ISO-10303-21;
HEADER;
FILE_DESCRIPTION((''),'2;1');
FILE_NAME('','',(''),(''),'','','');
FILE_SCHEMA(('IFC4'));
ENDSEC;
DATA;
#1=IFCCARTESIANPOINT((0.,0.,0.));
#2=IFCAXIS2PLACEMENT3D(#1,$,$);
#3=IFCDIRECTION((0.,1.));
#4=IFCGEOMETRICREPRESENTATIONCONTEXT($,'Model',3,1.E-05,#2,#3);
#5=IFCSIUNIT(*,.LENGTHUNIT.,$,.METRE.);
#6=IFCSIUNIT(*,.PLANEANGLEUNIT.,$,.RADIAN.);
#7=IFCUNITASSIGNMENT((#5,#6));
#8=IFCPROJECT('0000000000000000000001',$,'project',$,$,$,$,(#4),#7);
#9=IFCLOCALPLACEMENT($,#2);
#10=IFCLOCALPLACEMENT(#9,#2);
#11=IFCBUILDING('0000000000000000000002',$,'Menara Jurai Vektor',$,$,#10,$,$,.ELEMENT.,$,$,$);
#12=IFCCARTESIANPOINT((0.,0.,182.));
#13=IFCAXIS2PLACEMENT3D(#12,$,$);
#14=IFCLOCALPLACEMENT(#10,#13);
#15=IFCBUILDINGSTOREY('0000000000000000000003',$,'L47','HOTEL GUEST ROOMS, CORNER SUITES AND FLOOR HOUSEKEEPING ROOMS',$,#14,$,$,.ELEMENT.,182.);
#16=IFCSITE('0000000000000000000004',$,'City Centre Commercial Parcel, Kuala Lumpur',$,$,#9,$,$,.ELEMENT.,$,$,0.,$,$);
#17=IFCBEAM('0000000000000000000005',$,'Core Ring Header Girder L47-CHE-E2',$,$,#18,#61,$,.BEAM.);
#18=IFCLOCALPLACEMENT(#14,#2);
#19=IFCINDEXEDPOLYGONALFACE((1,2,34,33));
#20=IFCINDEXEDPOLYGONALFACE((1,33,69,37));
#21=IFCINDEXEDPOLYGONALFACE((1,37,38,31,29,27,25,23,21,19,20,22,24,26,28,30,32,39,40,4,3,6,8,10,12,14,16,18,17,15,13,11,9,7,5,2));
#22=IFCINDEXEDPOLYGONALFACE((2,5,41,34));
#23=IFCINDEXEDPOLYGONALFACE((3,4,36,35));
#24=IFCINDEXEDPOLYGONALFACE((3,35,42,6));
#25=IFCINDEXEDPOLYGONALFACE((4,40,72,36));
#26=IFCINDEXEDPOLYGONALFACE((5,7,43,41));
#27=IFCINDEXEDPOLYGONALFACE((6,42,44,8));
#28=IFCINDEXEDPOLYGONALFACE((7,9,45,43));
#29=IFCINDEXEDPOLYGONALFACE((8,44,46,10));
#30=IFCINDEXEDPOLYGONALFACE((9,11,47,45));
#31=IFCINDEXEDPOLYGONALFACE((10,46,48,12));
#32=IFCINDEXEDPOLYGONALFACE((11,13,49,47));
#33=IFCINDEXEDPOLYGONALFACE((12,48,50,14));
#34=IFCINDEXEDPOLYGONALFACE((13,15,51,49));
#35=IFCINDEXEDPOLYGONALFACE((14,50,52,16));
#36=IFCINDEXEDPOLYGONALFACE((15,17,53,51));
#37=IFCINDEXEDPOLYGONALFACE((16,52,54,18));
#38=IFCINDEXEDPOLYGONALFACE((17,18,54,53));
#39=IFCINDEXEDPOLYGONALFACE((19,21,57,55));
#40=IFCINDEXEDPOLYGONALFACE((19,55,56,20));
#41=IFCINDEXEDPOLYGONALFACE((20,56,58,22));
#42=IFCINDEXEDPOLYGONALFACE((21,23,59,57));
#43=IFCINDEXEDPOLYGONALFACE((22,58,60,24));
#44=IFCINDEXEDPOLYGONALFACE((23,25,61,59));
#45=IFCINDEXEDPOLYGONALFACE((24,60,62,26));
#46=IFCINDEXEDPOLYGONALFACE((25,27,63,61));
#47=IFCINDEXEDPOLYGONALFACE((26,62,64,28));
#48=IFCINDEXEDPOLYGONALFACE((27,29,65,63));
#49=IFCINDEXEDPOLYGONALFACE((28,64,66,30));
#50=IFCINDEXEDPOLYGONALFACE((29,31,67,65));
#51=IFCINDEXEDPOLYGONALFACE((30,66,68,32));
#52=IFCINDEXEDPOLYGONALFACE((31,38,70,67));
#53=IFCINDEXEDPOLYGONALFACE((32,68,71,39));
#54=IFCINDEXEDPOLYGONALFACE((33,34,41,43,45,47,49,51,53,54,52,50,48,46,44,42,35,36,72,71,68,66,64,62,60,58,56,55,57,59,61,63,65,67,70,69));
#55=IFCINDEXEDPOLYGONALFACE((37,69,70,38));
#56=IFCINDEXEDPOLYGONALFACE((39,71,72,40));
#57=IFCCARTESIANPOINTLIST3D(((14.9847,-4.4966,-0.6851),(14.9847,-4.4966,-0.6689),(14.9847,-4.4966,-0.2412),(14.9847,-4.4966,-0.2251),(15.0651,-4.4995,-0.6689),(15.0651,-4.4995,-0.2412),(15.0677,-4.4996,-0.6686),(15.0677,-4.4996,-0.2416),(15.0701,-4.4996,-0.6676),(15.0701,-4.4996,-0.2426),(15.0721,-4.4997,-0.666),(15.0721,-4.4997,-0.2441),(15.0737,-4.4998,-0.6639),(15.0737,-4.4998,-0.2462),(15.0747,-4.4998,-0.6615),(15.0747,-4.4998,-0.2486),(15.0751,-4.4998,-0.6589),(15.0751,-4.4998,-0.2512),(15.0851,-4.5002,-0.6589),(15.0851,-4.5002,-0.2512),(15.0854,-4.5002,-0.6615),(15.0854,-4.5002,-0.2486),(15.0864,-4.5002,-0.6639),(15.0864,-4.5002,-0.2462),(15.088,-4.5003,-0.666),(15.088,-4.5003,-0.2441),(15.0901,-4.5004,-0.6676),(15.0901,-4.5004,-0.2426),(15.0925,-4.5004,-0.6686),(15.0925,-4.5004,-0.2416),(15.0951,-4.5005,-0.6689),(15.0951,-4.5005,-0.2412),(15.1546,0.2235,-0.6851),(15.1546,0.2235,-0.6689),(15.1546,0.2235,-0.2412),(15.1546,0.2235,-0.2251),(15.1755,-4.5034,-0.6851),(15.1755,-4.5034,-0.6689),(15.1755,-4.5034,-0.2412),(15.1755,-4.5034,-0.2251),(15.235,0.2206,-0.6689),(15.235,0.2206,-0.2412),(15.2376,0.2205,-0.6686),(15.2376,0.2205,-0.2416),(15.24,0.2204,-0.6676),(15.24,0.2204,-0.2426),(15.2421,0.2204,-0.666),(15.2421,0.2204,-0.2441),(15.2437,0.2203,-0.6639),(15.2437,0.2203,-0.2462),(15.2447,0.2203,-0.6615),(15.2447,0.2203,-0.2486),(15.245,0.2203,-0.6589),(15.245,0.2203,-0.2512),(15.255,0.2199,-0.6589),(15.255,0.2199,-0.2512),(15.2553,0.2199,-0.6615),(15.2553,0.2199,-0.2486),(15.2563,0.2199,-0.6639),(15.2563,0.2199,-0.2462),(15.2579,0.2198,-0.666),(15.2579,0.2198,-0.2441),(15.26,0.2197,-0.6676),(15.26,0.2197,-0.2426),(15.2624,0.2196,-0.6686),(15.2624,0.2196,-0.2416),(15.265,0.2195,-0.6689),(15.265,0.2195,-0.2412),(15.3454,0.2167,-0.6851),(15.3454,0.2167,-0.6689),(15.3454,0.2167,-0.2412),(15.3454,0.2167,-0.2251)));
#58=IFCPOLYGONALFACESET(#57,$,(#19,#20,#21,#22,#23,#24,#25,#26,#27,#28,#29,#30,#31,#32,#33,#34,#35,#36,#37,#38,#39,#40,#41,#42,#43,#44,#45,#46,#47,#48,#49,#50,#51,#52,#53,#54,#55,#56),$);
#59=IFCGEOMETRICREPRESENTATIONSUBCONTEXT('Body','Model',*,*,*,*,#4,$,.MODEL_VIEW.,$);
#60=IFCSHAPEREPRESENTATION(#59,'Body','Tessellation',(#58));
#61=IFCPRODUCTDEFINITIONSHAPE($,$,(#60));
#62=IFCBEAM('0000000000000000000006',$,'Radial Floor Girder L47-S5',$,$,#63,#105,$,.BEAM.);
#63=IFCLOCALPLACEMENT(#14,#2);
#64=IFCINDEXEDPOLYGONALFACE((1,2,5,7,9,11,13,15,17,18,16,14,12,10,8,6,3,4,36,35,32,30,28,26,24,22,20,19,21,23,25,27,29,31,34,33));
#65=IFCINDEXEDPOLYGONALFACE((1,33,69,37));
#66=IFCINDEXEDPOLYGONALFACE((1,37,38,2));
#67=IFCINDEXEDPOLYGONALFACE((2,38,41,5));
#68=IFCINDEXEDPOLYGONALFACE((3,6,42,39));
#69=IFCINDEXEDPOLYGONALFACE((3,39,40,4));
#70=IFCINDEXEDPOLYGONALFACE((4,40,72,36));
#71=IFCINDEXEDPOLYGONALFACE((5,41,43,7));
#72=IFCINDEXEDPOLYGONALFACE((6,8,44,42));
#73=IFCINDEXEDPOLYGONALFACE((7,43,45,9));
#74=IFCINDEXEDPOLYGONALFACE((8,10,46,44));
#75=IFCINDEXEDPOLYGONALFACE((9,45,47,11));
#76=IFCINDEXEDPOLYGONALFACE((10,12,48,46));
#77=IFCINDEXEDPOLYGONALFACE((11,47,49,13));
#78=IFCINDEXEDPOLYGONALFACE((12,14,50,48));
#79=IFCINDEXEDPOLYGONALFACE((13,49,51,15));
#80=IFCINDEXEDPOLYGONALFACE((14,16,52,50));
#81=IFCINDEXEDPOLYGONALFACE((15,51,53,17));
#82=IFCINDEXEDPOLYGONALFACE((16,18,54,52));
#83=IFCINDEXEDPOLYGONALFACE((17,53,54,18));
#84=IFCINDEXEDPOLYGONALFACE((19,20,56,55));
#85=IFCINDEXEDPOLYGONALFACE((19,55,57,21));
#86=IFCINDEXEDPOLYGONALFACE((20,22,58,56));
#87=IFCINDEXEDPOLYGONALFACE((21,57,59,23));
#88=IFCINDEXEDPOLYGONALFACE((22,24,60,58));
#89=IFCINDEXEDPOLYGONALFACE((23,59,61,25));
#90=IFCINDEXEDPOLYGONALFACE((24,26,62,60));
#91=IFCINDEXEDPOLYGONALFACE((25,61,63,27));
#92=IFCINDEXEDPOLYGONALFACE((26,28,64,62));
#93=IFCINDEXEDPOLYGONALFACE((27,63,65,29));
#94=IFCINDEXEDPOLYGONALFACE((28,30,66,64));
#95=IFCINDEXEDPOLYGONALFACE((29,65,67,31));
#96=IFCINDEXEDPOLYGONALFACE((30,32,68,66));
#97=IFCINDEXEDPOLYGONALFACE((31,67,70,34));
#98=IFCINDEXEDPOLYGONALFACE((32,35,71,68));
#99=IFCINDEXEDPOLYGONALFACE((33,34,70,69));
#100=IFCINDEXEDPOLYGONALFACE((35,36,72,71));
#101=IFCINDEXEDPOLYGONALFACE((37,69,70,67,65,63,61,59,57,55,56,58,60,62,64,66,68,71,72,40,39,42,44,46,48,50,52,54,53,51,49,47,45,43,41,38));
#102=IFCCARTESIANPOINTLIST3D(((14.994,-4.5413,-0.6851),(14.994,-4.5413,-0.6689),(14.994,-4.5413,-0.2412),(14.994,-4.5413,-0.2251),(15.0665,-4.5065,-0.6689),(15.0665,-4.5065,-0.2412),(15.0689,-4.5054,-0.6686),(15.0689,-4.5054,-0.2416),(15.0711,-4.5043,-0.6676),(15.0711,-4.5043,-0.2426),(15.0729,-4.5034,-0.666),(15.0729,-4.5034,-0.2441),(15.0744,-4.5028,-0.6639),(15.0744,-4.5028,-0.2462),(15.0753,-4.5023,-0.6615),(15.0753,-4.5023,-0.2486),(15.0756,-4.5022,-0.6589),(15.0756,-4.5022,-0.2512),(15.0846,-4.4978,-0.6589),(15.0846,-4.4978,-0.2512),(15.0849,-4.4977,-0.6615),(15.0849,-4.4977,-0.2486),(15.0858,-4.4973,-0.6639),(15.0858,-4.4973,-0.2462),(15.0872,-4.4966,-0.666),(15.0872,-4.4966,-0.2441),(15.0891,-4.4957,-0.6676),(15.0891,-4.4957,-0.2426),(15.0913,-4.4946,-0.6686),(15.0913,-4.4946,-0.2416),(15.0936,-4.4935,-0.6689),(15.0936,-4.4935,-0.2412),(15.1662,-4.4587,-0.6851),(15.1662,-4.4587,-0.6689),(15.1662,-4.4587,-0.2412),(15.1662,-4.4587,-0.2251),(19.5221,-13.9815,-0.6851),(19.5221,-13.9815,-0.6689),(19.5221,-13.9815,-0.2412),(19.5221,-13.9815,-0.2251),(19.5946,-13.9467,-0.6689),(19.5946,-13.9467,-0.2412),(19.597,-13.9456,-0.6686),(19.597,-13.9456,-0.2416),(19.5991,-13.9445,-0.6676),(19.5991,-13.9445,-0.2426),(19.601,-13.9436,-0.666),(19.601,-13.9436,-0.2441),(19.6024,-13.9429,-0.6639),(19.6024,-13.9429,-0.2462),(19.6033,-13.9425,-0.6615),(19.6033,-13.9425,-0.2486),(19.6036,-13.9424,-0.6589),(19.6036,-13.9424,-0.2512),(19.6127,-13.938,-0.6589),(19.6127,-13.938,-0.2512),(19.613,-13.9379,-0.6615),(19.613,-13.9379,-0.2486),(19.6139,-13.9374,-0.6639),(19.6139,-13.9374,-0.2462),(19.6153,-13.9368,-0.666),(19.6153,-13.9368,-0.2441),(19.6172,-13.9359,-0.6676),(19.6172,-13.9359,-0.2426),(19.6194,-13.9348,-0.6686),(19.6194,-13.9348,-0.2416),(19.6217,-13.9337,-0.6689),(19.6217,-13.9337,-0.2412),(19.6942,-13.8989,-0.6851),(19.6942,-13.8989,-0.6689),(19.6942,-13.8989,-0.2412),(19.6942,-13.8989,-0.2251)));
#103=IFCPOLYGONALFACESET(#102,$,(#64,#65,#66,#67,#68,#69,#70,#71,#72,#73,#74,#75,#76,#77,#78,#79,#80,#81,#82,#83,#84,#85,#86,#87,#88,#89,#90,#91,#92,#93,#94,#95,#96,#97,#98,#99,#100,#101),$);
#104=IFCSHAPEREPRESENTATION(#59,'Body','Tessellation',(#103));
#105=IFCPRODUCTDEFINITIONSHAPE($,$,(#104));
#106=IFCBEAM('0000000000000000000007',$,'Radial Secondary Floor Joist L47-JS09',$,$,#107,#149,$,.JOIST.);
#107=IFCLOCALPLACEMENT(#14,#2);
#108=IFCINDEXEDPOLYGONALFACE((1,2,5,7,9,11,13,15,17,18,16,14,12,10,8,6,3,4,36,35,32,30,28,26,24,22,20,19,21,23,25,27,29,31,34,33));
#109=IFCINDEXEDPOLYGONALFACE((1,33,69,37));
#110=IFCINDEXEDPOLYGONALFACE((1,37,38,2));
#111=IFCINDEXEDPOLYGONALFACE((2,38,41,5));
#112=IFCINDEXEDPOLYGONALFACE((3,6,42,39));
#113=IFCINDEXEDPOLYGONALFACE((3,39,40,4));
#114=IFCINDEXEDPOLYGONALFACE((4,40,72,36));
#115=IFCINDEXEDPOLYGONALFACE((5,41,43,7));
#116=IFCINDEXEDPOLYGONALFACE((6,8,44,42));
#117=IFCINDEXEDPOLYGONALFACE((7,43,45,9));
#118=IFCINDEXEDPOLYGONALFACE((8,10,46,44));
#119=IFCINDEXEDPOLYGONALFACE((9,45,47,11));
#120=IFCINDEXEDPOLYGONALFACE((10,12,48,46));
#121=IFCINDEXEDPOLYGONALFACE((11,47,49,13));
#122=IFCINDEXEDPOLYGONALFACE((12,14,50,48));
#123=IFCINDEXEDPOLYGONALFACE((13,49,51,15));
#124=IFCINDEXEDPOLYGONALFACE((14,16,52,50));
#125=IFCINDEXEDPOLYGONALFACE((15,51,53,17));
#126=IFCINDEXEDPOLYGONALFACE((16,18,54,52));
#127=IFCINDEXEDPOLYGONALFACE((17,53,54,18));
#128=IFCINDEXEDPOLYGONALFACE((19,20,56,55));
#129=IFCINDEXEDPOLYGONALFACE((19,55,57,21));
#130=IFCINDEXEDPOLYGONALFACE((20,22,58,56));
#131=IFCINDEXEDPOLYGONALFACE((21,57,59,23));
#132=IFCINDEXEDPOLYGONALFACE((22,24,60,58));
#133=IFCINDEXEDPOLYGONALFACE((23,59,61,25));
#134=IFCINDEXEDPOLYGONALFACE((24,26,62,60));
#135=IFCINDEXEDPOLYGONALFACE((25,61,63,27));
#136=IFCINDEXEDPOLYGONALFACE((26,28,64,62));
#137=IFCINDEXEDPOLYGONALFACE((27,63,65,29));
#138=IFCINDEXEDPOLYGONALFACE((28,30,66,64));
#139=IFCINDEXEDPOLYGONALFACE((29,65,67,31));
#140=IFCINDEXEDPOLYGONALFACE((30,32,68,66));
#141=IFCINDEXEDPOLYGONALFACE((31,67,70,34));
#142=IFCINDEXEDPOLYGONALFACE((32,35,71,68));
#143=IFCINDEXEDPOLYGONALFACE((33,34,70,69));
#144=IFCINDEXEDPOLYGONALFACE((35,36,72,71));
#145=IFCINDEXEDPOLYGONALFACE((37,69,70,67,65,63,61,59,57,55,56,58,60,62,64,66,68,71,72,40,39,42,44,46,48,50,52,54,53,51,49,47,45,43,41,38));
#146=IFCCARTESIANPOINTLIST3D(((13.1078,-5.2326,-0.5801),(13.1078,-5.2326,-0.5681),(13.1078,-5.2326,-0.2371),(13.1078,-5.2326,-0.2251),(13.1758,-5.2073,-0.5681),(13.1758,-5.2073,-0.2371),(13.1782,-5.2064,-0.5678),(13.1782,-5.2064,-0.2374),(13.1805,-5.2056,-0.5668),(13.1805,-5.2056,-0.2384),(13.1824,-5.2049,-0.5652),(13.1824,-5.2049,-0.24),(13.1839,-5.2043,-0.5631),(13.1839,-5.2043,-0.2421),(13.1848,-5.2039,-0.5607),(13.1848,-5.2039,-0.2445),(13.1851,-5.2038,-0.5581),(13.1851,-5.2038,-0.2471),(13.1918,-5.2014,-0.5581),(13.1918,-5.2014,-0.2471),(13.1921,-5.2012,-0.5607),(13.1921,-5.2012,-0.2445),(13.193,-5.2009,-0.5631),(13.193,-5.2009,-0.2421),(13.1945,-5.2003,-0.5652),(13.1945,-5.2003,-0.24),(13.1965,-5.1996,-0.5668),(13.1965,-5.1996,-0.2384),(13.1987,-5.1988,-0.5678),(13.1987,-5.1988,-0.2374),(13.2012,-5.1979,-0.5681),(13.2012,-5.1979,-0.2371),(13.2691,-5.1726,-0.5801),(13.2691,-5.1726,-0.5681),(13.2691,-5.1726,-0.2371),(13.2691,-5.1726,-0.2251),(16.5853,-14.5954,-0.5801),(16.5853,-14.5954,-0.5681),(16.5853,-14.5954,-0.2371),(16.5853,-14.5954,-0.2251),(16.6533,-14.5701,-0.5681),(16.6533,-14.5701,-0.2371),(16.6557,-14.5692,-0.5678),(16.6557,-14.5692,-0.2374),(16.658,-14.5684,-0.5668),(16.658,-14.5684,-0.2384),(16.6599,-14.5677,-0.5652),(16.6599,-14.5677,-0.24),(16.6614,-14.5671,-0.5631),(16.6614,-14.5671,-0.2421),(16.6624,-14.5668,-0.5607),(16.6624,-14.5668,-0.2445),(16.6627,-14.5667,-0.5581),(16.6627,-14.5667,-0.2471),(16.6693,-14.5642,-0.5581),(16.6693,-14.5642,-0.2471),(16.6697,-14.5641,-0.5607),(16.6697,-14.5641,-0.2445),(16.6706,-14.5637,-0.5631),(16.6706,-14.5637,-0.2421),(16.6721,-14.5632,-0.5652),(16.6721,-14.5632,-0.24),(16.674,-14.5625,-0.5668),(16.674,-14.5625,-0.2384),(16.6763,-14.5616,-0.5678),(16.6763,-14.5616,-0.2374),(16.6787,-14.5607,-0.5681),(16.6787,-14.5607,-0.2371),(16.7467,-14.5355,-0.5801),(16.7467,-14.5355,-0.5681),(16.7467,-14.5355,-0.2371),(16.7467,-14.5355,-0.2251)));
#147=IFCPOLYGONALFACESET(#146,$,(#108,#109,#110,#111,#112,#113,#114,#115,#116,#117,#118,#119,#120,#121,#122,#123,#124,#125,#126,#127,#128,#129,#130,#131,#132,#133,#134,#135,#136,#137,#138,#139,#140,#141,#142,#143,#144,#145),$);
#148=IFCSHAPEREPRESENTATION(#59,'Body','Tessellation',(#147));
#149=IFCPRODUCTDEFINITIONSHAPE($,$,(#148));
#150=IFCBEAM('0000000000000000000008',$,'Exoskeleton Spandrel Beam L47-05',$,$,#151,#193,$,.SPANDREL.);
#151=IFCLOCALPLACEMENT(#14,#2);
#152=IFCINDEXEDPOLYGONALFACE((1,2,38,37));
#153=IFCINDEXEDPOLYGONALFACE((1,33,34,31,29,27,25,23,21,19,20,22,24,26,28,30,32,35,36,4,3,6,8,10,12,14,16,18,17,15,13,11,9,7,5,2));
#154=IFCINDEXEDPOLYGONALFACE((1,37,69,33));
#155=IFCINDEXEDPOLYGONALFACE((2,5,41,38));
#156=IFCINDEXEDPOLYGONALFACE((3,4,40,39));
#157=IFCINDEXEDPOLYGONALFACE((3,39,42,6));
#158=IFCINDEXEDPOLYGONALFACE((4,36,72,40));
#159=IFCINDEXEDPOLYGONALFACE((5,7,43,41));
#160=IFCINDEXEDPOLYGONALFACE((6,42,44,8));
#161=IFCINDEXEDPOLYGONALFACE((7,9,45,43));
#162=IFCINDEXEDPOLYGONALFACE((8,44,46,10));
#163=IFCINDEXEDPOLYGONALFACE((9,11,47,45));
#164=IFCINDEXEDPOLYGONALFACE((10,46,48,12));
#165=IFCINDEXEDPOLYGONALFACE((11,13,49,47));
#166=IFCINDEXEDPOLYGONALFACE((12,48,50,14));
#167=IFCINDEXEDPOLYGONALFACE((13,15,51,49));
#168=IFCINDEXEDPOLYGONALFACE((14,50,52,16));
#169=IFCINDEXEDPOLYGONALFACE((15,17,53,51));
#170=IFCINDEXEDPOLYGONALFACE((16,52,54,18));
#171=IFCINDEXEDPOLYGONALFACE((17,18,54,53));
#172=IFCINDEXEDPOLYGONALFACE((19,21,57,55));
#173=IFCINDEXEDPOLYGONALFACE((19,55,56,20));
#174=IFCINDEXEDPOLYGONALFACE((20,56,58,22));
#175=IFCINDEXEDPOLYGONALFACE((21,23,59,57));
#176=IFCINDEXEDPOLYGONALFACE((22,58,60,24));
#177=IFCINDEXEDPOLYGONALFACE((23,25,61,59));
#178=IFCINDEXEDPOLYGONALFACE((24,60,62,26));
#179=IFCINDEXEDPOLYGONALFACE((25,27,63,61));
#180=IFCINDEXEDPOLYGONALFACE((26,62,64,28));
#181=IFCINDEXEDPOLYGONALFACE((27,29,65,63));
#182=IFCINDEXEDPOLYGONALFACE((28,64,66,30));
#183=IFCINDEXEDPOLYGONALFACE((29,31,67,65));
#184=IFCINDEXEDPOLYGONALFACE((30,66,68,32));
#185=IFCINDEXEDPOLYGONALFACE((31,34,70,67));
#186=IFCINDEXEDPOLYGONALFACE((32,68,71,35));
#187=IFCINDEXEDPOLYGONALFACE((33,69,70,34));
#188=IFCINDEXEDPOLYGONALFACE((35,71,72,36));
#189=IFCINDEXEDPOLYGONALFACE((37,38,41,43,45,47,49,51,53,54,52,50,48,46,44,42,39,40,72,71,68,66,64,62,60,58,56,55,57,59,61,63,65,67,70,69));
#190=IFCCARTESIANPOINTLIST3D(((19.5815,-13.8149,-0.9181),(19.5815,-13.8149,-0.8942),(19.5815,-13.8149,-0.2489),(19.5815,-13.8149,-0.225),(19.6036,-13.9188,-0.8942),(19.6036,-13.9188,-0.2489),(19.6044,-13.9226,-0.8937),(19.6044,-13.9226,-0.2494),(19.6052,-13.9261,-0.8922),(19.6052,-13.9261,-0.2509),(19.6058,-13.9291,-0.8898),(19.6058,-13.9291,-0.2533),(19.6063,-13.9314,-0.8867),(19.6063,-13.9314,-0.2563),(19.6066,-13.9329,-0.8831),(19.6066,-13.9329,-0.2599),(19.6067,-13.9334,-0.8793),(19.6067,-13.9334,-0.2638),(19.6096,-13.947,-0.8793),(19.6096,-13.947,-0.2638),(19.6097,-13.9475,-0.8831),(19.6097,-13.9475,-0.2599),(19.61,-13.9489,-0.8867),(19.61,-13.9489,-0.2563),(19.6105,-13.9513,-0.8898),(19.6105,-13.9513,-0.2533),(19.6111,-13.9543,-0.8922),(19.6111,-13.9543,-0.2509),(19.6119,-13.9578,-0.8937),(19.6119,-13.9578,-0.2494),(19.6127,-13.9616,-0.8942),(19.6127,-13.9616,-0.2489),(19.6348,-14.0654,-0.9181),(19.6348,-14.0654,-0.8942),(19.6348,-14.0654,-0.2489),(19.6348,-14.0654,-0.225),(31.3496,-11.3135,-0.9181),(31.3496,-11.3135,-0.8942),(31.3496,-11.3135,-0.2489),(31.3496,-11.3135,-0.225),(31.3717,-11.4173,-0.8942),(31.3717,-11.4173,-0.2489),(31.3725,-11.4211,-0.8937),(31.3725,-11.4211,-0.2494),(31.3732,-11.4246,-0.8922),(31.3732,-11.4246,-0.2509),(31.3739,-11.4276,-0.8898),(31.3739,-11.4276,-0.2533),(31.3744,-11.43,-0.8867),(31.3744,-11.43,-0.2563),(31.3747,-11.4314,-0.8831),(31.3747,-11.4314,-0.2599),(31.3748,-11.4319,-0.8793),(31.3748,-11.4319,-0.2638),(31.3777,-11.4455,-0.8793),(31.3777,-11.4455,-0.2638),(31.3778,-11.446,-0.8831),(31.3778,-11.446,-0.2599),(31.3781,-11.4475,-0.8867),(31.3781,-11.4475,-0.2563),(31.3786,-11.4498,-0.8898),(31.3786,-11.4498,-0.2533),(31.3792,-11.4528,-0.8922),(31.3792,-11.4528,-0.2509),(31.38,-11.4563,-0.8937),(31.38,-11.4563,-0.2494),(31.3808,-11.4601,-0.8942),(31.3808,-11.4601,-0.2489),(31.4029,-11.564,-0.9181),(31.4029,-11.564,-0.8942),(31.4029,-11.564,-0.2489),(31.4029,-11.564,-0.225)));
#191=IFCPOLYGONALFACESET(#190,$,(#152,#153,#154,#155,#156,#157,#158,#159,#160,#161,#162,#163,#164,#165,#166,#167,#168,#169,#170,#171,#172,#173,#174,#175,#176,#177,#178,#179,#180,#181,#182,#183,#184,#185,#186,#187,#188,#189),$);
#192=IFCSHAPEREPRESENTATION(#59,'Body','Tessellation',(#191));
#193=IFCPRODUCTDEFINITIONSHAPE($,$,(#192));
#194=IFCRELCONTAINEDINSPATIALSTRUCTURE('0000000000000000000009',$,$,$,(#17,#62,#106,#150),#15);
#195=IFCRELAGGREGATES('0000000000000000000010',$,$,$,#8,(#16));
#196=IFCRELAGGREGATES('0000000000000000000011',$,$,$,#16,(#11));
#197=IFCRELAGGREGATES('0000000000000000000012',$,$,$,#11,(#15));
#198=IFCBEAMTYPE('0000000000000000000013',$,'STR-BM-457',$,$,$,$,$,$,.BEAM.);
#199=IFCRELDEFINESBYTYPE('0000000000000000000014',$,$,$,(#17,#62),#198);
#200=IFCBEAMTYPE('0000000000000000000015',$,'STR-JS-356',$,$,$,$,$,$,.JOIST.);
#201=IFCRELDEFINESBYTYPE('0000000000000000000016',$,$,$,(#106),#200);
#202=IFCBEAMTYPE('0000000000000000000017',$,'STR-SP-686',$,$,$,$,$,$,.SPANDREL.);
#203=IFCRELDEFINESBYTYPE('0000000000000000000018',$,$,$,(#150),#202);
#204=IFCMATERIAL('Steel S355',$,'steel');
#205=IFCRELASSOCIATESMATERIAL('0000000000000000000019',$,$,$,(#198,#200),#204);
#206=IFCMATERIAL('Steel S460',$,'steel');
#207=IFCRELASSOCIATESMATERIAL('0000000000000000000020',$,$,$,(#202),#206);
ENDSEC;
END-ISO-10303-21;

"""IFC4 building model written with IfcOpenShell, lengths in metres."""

from ifc_helpers import new_model, si_unit, direction, frame, origin, origin_2d, place, context, subcontext, project, spatial, i_section, extrude, material, material_profile, profile_set, type_object, element, save


model = new_model("IFC4")

# Units and contexts
model_context = context("Model", 3, precision=1e-05, world=origin(), true_north=direction((0.0, 1.0)))
body_context = subcontext(model_context, "Body", "Model", "MODEL_VIEW")
ifc_project = project(units=[si_unit("LENGTHUNIT", "METRE"), si_unit("PLANEANGLEUNIT", "RADIAN")], contexts=[model_context])

# Site, building, storey
site_placement = place(None, origin())
site = spatial("IfcSite", under=ifc_project, at=site_placement, Name="City Centre Commercial Parcel, Kuala Lumpur", CompositionType="ELEMENT", RefElevation=0.0)
building_placement = place(site_placement, origin())
building = spatial("IfcBuilding", under=site, at=building_placement, Name="Menara Jurai Vektor", CompositionType="ELEMENT")
storey_placement = place(building_placement, frame((0.0, 0.0, 182.0)))
storey = spatial("IfcBuildingStorey", under=building, at=storey_placement, Name="L47", Description="HOTEL GUEST ROOMS, CORNER SUITES AND FLOOR HOUSEKEEPING ROOMS", CompositionType="ELEMENT", Elevation=182.0)

# Shared definitions
ifc_material_1 = material(Name="Steel S460", Category="steel")

# Beams
ifc_material_2 = material(Name="Steel S355", Category="steel")
ifc_material_profile_1 = material_profile(ifc_material_2, i_section(OverallWidth=0.1909, OverallDepth=0.46, WebThickness=0.01, FlangeThickness=0.0161, FilletRadius=0.01, at=origin_2d()), Name="UKB 457x191x82")
ifc_profile_set_1 = profile_set([ifc_material_profile_1], Name="Steel S355")
beam_type_1 = type_object("IfcBeamType", Name="STR-BM-457", PredefinedType="BEAM", material=ifc_profile_set_1)
beam_1_placement = place(storey_placement, frame((15.0801, -4.5, -0.4551), z_axis=(0.035977, 0.999353, 0.0), x_axis=(-0.999353, 0.035977, 0.0)))
element("IfcBeam", 1, at=beam_1_placement, inside=storey, type_object=beam_type_1, Name="Core Ring Header Girder L47-CHE-E2", PredefinedType="BEAM", context=body_context, shape_type="SweptSolid", body=[
    extrude(i_section(OverallWidth=0.1909, OverallDepth=0.46, WebThickness=0.01, FlangeThickness=0.0161, FilletRadius=0.01, at=origin_2d()), origin(), (0.0, 0.0, 1.0), 4.7231),
])
beam_2_placement = place(storey_placement, frame((19.6082, -13.9402, -0.4551), z_axis=(-0.432482, 0.901643, 0.0), x_axis=(-0.901643, -0.432482, 0.0)))
element("IfcBeam", 2, at=beam_2_placement, inside=storey, type_object=beam_type_1, Name="Radial Floor Girder L47-S5", PredefinedType="BEAM", context=body_context, shape_type="SweptSolid", body=[
    extrude(i_section(OverallWidth=0.1909, OverallDepth=0.46, WebThickness=0.01, FlangeThickness=0.0161, FilletRadius=0.01, at=origin_2d()), origin(), (0.0, 0.0, 1.0), 10.47),
])
ifc_material_profile_2 = material_profile(ifc_material_2, i_section(OverallWidth=0.1721, OverallDepth=0.355, WebThickness=0.0071, FlangeThickness=0.012, FilletRadius=0.01, at=origin_2d()), Name="UKB 356x171x51")
ifc_profile_set_2 = profile_set([ifc_material_profile_2], Name="Steel S355")
beam_type_2 = type_object("IfcBeamType", Name="STR-JS-356", PredefinedType="JOIST", material=ifc_profile_set_2)
beam_3_placement = place(storey_placement, frame((16.666, -14.5654, -0.4026), z_axis=(-0.34818, 0.937428, 0.0), x_axis=(-0.937428, -0.34818, 0.0)))
element("IfcBeam", 3, at=beam_3_placement, inside=storey, type_object=beam_type_2, Name="Radial Secondary Floor Joist L47-JS09", PredefinedType="JOIST", context=body_context, shape_type="SweptSolid", body=[
    extrude(i_section(OverallWidth=0.1721, OverallDepth=0.355, WebThickness=0.0071, FlangeThickness=0.012, FilletRadius=0.01, at=origin_2d()), origin(), (0.0, 0.0, 1.0), 9.9878),
])
ifc_material_profile_3 = material_profile(ifc_material_1, i_section(OverallWidth=0.2561, OverallDepth=0.6931, WebThickness=0.0139, FlangeThickness=0.0239, FilletRadius=0.0149, at=origin_2d()), Name="UKB 686x254x170")
ifc_profile_set_3 = profile_set([ifc_material_profile_3], Name="Steel S460")
beam_type_3 = type_object("IfcBeamType", Name="STR-SP-686", PredefinedType="SPANDREL", material=ifc_profile_set_3)
beam_4_placement = place(storey_placement, frame((19.6082, -13.9402, -0.5715), z_axis=(0.978146, 0.207918, 0.0), x_axis=(-0.207918, 0.978146, 0.0)))
element("IfcBeam", 4, at=beam_4_placement, inside=storey, type_object=beam_type_3, Name="Exoskeleton Spandrel Beam L47-05", PredefinedType="SPANDREL", context=body_context, shape_type="SweptSolid", body=[
    extrude(i_section(OverallWidth=0.2561, OverallDepth=0.6931, WebThickness=0.0139, FlangeThickness=0.0239, FilletRadius=0.0149, at=origin_2d()), origin(), (0.0, 0.0, 1.0), 12.031),
])

save(model, "model.ifc")
